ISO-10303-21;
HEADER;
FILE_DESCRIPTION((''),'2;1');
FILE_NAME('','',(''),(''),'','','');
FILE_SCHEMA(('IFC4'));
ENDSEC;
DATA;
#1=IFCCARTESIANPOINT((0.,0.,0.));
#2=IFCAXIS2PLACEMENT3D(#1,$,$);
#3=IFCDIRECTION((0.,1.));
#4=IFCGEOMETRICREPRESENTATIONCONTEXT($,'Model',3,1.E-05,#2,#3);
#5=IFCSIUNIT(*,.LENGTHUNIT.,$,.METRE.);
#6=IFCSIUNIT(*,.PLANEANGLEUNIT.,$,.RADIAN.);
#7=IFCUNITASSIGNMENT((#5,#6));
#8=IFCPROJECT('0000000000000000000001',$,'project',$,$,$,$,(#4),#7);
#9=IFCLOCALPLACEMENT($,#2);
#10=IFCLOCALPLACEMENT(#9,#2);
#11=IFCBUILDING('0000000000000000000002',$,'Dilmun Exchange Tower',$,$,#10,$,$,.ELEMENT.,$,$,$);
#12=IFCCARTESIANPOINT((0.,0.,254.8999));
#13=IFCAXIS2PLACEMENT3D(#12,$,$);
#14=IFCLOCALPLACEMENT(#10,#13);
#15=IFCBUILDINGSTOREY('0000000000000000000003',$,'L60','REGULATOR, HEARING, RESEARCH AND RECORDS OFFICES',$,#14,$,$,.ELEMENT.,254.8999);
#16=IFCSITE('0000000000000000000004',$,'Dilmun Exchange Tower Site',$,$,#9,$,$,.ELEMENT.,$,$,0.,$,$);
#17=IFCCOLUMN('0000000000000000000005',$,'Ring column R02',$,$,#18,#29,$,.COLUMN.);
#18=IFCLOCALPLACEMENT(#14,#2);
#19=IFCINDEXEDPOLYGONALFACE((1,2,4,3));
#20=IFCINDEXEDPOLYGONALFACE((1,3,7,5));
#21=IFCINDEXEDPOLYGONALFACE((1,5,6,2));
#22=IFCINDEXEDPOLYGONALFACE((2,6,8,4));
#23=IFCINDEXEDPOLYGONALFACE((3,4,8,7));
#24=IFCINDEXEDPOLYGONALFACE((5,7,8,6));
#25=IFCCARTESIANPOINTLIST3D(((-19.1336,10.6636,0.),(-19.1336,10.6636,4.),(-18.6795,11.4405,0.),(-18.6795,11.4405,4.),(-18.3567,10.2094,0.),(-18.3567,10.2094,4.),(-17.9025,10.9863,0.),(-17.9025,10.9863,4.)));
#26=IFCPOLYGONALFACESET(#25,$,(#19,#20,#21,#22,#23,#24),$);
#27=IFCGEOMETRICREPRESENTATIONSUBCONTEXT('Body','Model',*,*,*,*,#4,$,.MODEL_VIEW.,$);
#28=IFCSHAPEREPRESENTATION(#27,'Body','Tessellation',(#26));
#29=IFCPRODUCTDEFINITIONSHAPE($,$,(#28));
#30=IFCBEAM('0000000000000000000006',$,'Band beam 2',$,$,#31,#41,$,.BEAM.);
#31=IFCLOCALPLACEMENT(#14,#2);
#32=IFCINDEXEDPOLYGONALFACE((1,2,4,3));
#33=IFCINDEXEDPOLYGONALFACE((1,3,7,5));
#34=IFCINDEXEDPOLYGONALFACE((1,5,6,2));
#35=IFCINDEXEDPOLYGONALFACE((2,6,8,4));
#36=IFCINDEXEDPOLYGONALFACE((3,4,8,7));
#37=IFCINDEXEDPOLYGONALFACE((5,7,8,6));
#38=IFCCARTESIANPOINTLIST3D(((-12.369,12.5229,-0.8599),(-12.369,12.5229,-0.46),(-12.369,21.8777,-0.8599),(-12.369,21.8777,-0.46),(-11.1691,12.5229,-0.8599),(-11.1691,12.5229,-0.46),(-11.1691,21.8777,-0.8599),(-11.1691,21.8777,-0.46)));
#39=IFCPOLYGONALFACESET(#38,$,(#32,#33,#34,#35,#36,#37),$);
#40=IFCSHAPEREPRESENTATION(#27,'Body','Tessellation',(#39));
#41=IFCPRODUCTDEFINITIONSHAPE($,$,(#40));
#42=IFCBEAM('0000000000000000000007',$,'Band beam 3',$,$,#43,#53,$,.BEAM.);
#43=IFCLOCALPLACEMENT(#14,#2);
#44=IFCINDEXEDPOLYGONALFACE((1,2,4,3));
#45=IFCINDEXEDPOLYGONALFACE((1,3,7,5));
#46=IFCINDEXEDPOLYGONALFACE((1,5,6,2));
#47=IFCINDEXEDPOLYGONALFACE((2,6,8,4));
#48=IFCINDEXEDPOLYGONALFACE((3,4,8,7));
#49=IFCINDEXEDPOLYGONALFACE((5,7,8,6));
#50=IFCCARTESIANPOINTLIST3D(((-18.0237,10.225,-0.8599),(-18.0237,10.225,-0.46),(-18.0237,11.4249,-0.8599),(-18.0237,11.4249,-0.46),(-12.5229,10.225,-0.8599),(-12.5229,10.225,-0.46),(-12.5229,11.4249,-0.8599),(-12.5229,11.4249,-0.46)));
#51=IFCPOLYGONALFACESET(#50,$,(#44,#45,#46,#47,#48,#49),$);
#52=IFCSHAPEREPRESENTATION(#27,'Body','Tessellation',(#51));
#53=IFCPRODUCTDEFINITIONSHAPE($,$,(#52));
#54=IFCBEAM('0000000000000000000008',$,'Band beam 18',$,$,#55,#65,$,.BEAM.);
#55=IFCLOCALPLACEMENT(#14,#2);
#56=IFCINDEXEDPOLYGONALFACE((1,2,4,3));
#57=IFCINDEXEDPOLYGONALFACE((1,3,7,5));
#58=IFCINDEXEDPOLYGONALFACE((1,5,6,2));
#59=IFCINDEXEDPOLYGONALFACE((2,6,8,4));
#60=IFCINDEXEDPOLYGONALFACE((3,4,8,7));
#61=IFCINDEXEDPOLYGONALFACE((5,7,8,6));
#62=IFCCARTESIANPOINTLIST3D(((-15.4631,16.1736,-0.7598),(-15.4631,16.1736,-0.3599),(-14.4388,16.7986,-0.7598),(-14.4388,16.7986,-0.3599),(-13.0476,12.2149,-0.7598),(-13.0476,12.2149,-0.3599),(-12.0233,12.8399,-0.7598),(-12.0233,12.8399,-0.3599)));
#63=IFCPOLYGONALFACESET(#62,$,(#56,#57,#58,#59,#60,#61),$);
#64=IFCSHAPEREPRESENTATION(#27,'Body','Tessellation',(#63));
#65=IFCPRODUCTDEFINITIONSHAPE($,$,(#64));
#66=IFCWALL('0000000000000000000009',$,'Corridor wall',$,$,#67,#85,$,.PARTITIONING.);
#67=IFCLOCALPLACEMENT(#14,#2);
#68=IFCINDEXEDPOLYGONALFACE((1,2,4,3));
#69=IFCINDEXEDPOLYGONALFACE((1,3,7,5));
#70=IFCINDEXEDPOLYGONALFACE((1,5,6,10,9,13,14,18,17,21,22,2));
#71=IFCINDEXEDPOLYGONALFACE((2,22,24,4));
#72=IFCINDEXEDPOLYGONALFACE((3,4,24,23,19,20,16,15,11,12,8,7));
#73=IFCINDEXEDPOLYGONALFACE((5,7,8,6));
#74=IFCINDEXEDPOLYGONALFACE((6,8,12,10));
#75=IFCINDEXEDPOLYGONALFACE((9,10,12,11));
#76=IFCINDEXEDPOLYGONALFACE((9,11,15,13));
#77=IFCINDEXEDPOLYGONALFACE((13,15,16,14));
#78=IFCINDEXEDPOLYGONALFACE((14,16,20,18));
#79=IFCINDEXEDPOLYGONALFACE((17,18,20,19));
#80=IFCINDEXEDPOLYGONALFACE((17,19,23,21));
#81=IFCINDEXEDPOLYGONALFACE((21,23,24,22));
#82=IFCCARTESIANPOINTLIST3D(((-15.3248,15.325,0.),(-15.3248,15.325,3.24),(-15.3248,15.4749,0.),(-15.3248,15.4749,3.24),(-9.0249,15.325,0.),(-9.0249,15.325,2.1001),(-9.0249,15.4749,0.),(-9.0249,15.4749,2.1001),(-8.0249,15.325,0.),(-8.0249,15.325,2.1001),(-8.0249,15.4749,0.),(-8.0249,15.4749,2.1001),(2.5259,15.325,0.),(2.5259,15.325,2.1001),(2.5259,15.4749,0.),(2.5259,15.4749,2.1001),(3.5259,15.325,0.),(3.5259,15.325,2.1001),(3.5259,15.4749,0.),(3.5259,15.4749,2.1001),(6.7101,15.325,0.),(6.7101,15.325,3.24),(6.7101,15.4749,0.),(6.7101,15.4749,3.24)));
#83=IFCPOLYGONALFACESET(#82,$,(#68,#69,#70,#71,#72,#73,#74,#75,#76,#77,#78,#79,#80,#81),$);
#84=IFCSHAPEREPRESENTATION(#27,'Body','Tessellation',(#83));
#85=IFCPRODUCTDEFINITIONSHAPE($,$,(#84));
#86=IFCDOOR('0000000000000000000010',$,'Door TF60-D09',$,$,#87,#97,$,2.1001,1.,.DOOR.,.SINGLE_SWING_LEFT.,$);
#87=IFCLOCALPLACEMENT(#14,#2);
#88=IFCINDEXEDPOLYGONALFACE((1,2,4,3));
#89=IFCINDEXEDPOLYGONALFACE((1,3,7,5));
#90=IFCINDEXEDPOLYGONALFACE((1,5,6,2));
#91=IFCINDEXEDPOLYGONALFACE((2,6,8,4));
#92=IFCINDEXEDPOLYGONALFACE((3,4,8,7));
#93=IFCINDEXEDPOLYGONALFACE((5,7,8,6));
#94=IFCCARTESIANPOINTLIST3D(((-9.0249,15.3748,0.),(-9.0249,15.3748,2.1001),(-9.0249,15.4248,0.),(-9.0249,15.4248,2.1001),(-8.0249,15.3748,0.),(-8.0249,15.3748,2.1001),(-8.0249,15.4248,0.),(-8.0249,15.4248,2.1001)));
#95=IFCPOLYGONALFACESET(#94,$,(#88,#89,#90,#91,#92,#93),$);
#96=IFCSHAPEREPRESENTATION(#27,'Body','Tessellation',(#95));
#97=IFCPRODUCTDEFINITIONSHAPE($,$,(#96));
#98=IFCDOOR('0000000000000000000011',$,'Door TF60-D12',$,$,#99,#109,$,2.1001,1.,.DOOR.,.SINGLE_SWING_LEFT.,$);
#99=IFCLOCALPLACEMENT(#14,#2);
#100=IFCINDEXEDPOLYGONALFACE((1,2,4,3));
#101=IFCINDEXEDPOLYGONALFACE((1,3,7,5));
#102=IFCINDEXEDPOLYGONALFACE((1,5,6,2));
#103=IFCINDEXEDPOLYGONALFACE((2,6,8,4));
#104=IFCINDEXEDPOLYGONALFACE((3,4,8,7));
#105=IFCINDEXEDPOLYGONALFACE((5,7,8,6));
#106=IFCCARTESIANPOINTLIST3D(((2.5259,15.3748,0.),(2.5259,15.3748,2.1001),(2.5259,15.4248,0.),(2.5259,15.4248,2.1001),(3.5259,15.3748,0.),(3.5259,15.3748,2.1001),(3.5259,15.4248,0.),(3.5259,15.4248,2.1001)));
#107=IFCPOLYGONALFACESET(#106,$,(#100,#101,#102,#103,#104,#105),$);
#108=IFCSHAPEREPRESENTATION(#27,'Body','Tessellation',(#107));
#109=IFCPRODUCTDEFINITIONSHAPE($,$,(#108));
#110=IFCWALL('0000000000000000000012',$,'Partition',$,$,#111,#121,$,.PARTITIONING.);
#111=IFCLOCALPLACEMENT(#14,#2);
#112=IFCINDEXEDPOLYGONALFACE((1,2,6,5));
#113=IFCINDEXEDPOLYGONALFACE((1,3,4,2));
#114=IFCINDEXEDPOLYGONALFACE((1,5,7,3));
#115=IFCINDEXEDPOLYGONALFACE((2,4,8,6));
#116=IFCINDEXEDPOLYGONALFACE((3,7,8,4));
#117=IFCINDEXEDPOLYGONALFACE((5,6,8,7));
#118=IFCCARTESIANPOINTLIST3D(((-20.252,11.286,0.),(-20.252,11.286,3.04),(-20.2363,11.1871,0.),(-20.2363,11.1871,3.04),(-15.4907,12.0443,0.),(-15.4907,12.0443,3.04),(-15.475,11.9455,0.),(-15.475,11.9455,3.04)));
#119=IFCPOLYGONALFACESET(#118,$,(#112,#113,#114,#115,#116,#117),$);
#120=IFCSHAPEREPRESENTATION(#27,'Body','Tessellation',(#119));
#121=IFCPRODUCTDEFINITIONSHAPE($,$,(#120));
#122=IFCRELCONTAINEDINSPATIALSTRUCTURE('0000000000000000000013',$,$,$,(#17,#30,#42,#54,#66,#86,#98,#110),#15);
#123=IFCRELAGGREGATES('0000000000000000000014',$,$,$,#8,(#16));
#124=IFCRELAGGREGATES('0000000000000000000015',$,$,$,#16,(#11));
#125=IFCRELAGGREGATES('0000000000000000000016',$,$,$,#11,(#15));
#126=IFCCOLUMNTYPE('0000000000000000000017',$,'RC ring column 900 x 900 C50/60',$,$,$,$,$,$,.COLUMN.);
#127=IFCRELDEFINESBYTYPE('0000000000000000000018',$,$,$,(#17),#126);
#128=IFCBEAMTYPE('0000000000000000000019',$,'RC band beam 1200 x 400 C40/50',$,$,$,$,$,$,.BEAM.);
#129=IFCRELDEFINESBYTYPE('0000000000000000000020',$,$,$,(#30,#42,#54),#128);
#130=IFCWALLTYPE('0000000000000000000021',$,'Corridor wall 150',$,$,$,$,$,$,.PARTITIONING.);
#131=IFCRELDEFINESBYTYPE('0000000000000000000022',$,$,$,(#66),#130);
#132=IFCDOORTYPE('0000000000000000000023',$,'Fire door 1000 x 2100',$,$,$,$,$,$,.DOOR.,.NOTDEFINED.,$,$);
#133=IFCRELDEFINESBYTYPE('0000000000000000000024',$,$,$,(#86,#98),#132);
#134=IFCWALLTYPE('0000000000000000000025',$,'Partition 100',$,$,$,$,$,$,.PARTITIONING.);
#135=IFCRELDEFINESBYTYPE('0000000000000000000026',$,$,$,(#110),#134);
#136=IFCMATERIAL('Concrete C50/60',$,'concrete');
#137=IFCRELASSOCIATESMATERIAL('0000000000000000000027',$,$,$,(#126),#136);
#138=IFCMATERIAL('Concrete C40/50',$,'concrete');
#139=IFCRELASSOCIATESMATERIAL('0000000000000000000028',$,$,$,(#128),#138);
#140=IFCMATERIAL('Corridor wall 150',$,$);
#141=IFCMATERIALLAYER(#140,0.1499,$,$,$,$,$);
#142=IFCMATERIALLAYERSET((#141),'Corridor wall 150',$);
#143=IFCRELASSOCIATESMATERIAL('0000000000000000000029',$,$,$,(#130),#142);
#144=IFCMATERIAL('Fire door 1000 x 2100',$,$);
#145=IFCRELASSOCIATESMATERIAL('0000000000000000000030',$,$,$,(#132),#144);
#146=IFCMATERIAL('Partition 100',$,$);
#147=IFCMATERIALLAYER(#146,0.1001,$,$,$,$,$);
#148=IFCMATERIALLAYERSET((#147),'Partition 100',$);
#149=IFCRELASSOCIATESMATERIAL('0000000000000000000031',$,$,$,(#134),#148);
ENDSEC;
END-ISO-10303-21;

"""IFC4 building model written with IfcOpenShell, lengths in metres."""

from ifc_helpers import new_model, si_unit, direction, frame, frame_2d, origin, origin_2d, place, context, subcontext, project, spatial, rectangle, extrude, material, layer, layer_set, material_profile, profile_set, type_object, element, fill, save


model = new_model("IFC4")

# Units and contexts
model_context = context("Model", 3, precision=1e-05, world=origin(), true_north=direction((0.0, 1.0)))
body_context = subcontext(model_context, "Body", "Model", "MODEL_VIEW")
ifc_project = project(units=[si_unit("LENGTHUNIT", "METRE"), si_unit("PLANEANGLEUNIT", "RADIAN")], contexts=[model_context])

# Site, building, storey
site_placement = place(None, origin())
site = spatial("IfcSite", under=ifc_project, at=site_placement, Name="Dilmun Exchange Tower Site", CompositionType="ELEMENT", RefElevation=0.0)
building_placement = place(site_placement, origin())
building = spatial("IfcBuilding", under=site, at=building_placement, Name="Dilmun Exchange Tower", CompositionType="ELEMENT")
storey_placement = place(building_placement, frame((0.0, 0.0, 254.8999)))
storey = spatial("IfcBuildingStorey", under=building, at=storey_placement, Name="L60", Description="REGULATOR, HEARING, RESEARCH AND RECORDS OFFICES", CompositionType="ELEMENT", Elevation=254.8999)

# Column
ifc_material_1 = material(Name="Concrete C50/60", Category="concrete")
ifc_material_profile_1 = material_profile(ifc_material_1, rectangle(XDim=0.8999, YDim=0.8999, at=origin_2d()), Name="900 x 900")
ifc_profile_set_1 = profile_set([ifc_material_profile_1], Name="Concrete C50/60")
column_type = type_object("IfcColumnType", Name="RC ring column 900 x 900 C50/60", PredefinedType="COLUMN", material=ifc_profile_set_1)
column_placement = place(storey_placement, frame((-18.5181, 10.825, 0.0), z_axis=(0.0, 0.0, 1.0), x_axis=(0.504644, 0.863328, 0.0)))
element("IfcColumn", 1, at=column_placement, inside=storey, type_object=column_type, Name="Ring column R02", PredefinedType="COLUMN", context=body_context, shape_type="SweptSolid", body=[
    extrude(rectangle(XDim=0.8999, YDim=0.8999, at=origin_2d()), origin(), (0.0, 0.0, 1.0), 4.0),
])

# Beams
ifc_material_2 = material(Name="Concrete C40/50", Category="concrete")
ifc_material_profile_2 = material_profile(ifc_material_2, rectangle(XDim=1.2, YDim=0.3999, at=origin_2d()), Name="1200 x 400")
ifc_profile_set_2 = profile_set([ifc_material_profile_2], Name="Concrete C40/50")
beam_type = type_object("IfcBeamType", Name="RC band beam 1200 x 400 C40/50", PredefinedType="BEAM", material=ifc_profile_set_2)
beam_1_placement = place(storey_placement, frame((-11.769, 21.8777, -0.6599), z_axis=(0.0, -1.0, 0.0), x_axis=(1.0, 0.0, 0.0)))
element("IfcBeam", 2, at=beam_1_placement, inside=storey, type_object=beam_type, Name="Band beam 2", PredefinedType="BEAM", context=body_context, shape_type="SweptSolid", body=[
    extrude(rectangle(XDim=1.2, YDim=0.3999, at=origin_2d()), origin(), (0.0, 0.0, 1.0), 9.3547),
])
beam_2_placement = place(storey_placement, frame((-18.0237, 10.825, -0.6599), z_axis=(1.0, 0.0, 0.0), x_axis=(0.0, 1.0, 0.0)))
element("IfcBeam", 3, at=beam_2_placement, inside=storey, type_object=beam_type, Name="Band beam 3", PredefinedType="BEAM", context=body_context, shape_type="SweptSolid", body=[
    extrude(rectangle(XDim=1.2, YDim=0.3999, at=origin_2d()), origin(), (0.0, 0.0, 1.0), 5.5007),
])
beam_3_placement = place(storey_placement, frame((-14.9509, 16.4861, -0.5598), z_axis=(0.520869, -0.853637, 0.0), x_axis=(0.853637, 0.520869, 0.0)))
element("IfcBeam", 4, at=beam_3_placement, inside=storey, type_object=beam_type, Name="Band beam 18", PredefinedType="BEAM", context=body_context, shape_type="SweptSolid", body=[
    extrude(rectangle(XDim=1.2, YDim=0.3999, at=origin_2d()), origin(), (0.0, 0.0, 1.0), 4.6375),
])

# Wall, openings, doors
ifc_material_3 = material(Name="Corridor wall 150")
ifc_layer_1 = layer(ifc_material_3, 0.1499)
ifc_layer_set_1 = layer_set([ifc_layer_1], Name="Corridor wall 150")
wall_type_1 = type_object("IfcWallType", Name="Corridor wall 150", PredefinedType="PARTITIONING", material=ifc_layer_set_1)
wall_1_placement = place(storey_placement, frame((-15.325, 15.3999, 0.0), z_axis=(0.0, 0.0, 1.0), x_axis=(1.0, 0.0, 0.0)))
wall_1 = element("IfcWall", 5, at=wall_1_placement, inside=storey, type_object=wall_type_1, Name="Corridor wall", PredefinedType="PARTITIONING", context=body_context, shape_type="SweptSolid", body=[
    extrude(rectangle(XDim=22.0349, YDim=0.1499, at=frame_2d((11.0176, 0.0))), origin(), (0.0, 0.0, 1.0), 3.24),
])
opening_1_placement = place(wall_1_placement, frame((6.3, 0.0, 0.0)))
opening_1 = element("IfcOpeningElement", 6, at=opening_1_placement, cuts=wall_1, PredefinedType="OPENING", context=body_context, shape_type="SweptSolid", body=[
    extrude(rectangle(XDim=1.0, YDim=2.1001, at=frame_2d((0.5, 1.05))), frame((0.0, 0.085, 0.0), z_axis=(0.0, -1.0, 0.0), x_axis=(1.0, 0.0, 0.0)), (0.0, 0.0, 1.0), 0.1699),
])
opening_2_placement = place(wall_1_placement, frame((17.8508, 0.0, 0.0)))
opening_2 = element("IfcOpeningElement", 7, at=opening_2_placement, cuts=wall_1, PredefinedType="OPENING", context=body_context, shape_type="SweptSolid", body=[
    extrude(rectangle(XDim=1.0, YDim=2.1001, at=frame_2d((0.5, 1.05))), frame((0.0, 0.085, 0.0), z_axis=(0.0, -1.0, 0.0), x_axis=(1.0, 0.0, 0.0)), (0.0, 0.0, 1.0), 0.1699),
])
ifc_material_4 = material(Name="Fire door 1000 x 2100")
door_type_1 = type_object("IfcDoorType", Name="Fire door 1000 x 2100", OperationType="NOTDEFINED", PredefinedType="DOOR", material=ifc_material_4)
door_1_placement = place(opening_1_placement, origin())
door_1 = element("IfcDoor", 8, at=door_1_placement, inside=storey, type_object=door_type_1, Name="Door TF60-D09", OperationType="SINGLE_SWING_LEFT", OverallHeight=2.1001, OverallWidth=1.0, PredefinedType="DOOR", context=body_context, shape_type="SweptSolid", body=[
    extrude(rectangle(XDim=1.0, YDim=2.1001, at=frame_2d((0.5, 1.05))), frame((0.0, 0.0249, 0.0), z_axis=(0.0, -1.0, 0.0), x_axis=(1.0, 0.0, 0.0)), (0.0, 0.0, 1.0), 0.05),
])
fill(opening_1, door_1)
door_2_placement = place(opening_2_placement, origin())
door_2 = element("IfcDoor", 9, at=door_2_placement, inside=storey, type_object=door_type_1, Name="Door TF60-D12", OperationType="SINGLE_SWING_LEFT", OverallHeight=2.1001, OverallWidth=1.0, PredefinedType="DOOR", context=body_context, shape_type="SweptSolid", body=[
    extrude(rectangle(XDim=1.0, YDim=2.1001, at=frame_2d((0.5, 1.05))), frame((0.0, 0.0249, 0.0), z_axis=(0.0, -1.0, 0.0), x_axis=(1.0, 0.0, 0.0)), (0.0, 0.0, 1.0), 0.05),
])
fill(opening_2, door_2)

# Wall
ifc_material_5 = material(Name="Partition 100")
ifc_layer_2 = layer(ifc_material_5, 0.1001)
ifc_layer_set_2 = layer_set([ifc_layer_2], Name="Partition 100")
wall_type_2 = type_object("IfcWallType", Name="Partition 100", PredefinedType="PARTITIONING", material=ifc_layer_set_2)
wall_2_placement = place(storey_placement, frame((-20.2441, 11.2366, 0.0), z_axis=(0.0, 0.0, 1.0), x_axis=(0.987554, 0.157283, 0.0)))
element("IfcWall", 10, at=wall_2_placement, inside=storey, type_object=wall_type_2, Name="Partition", PredefinedType="PARTITIONING", context=body_context, shape_type="SweptSolid", body=[
    extrude(rectangle(XDim=4.8213, YDim=0.1001, at=frame_2d((2.4106, 0.0))), origin(), (0.0, 0.0, 1.0), 3.04),
])

save(model, "model.ifc")
